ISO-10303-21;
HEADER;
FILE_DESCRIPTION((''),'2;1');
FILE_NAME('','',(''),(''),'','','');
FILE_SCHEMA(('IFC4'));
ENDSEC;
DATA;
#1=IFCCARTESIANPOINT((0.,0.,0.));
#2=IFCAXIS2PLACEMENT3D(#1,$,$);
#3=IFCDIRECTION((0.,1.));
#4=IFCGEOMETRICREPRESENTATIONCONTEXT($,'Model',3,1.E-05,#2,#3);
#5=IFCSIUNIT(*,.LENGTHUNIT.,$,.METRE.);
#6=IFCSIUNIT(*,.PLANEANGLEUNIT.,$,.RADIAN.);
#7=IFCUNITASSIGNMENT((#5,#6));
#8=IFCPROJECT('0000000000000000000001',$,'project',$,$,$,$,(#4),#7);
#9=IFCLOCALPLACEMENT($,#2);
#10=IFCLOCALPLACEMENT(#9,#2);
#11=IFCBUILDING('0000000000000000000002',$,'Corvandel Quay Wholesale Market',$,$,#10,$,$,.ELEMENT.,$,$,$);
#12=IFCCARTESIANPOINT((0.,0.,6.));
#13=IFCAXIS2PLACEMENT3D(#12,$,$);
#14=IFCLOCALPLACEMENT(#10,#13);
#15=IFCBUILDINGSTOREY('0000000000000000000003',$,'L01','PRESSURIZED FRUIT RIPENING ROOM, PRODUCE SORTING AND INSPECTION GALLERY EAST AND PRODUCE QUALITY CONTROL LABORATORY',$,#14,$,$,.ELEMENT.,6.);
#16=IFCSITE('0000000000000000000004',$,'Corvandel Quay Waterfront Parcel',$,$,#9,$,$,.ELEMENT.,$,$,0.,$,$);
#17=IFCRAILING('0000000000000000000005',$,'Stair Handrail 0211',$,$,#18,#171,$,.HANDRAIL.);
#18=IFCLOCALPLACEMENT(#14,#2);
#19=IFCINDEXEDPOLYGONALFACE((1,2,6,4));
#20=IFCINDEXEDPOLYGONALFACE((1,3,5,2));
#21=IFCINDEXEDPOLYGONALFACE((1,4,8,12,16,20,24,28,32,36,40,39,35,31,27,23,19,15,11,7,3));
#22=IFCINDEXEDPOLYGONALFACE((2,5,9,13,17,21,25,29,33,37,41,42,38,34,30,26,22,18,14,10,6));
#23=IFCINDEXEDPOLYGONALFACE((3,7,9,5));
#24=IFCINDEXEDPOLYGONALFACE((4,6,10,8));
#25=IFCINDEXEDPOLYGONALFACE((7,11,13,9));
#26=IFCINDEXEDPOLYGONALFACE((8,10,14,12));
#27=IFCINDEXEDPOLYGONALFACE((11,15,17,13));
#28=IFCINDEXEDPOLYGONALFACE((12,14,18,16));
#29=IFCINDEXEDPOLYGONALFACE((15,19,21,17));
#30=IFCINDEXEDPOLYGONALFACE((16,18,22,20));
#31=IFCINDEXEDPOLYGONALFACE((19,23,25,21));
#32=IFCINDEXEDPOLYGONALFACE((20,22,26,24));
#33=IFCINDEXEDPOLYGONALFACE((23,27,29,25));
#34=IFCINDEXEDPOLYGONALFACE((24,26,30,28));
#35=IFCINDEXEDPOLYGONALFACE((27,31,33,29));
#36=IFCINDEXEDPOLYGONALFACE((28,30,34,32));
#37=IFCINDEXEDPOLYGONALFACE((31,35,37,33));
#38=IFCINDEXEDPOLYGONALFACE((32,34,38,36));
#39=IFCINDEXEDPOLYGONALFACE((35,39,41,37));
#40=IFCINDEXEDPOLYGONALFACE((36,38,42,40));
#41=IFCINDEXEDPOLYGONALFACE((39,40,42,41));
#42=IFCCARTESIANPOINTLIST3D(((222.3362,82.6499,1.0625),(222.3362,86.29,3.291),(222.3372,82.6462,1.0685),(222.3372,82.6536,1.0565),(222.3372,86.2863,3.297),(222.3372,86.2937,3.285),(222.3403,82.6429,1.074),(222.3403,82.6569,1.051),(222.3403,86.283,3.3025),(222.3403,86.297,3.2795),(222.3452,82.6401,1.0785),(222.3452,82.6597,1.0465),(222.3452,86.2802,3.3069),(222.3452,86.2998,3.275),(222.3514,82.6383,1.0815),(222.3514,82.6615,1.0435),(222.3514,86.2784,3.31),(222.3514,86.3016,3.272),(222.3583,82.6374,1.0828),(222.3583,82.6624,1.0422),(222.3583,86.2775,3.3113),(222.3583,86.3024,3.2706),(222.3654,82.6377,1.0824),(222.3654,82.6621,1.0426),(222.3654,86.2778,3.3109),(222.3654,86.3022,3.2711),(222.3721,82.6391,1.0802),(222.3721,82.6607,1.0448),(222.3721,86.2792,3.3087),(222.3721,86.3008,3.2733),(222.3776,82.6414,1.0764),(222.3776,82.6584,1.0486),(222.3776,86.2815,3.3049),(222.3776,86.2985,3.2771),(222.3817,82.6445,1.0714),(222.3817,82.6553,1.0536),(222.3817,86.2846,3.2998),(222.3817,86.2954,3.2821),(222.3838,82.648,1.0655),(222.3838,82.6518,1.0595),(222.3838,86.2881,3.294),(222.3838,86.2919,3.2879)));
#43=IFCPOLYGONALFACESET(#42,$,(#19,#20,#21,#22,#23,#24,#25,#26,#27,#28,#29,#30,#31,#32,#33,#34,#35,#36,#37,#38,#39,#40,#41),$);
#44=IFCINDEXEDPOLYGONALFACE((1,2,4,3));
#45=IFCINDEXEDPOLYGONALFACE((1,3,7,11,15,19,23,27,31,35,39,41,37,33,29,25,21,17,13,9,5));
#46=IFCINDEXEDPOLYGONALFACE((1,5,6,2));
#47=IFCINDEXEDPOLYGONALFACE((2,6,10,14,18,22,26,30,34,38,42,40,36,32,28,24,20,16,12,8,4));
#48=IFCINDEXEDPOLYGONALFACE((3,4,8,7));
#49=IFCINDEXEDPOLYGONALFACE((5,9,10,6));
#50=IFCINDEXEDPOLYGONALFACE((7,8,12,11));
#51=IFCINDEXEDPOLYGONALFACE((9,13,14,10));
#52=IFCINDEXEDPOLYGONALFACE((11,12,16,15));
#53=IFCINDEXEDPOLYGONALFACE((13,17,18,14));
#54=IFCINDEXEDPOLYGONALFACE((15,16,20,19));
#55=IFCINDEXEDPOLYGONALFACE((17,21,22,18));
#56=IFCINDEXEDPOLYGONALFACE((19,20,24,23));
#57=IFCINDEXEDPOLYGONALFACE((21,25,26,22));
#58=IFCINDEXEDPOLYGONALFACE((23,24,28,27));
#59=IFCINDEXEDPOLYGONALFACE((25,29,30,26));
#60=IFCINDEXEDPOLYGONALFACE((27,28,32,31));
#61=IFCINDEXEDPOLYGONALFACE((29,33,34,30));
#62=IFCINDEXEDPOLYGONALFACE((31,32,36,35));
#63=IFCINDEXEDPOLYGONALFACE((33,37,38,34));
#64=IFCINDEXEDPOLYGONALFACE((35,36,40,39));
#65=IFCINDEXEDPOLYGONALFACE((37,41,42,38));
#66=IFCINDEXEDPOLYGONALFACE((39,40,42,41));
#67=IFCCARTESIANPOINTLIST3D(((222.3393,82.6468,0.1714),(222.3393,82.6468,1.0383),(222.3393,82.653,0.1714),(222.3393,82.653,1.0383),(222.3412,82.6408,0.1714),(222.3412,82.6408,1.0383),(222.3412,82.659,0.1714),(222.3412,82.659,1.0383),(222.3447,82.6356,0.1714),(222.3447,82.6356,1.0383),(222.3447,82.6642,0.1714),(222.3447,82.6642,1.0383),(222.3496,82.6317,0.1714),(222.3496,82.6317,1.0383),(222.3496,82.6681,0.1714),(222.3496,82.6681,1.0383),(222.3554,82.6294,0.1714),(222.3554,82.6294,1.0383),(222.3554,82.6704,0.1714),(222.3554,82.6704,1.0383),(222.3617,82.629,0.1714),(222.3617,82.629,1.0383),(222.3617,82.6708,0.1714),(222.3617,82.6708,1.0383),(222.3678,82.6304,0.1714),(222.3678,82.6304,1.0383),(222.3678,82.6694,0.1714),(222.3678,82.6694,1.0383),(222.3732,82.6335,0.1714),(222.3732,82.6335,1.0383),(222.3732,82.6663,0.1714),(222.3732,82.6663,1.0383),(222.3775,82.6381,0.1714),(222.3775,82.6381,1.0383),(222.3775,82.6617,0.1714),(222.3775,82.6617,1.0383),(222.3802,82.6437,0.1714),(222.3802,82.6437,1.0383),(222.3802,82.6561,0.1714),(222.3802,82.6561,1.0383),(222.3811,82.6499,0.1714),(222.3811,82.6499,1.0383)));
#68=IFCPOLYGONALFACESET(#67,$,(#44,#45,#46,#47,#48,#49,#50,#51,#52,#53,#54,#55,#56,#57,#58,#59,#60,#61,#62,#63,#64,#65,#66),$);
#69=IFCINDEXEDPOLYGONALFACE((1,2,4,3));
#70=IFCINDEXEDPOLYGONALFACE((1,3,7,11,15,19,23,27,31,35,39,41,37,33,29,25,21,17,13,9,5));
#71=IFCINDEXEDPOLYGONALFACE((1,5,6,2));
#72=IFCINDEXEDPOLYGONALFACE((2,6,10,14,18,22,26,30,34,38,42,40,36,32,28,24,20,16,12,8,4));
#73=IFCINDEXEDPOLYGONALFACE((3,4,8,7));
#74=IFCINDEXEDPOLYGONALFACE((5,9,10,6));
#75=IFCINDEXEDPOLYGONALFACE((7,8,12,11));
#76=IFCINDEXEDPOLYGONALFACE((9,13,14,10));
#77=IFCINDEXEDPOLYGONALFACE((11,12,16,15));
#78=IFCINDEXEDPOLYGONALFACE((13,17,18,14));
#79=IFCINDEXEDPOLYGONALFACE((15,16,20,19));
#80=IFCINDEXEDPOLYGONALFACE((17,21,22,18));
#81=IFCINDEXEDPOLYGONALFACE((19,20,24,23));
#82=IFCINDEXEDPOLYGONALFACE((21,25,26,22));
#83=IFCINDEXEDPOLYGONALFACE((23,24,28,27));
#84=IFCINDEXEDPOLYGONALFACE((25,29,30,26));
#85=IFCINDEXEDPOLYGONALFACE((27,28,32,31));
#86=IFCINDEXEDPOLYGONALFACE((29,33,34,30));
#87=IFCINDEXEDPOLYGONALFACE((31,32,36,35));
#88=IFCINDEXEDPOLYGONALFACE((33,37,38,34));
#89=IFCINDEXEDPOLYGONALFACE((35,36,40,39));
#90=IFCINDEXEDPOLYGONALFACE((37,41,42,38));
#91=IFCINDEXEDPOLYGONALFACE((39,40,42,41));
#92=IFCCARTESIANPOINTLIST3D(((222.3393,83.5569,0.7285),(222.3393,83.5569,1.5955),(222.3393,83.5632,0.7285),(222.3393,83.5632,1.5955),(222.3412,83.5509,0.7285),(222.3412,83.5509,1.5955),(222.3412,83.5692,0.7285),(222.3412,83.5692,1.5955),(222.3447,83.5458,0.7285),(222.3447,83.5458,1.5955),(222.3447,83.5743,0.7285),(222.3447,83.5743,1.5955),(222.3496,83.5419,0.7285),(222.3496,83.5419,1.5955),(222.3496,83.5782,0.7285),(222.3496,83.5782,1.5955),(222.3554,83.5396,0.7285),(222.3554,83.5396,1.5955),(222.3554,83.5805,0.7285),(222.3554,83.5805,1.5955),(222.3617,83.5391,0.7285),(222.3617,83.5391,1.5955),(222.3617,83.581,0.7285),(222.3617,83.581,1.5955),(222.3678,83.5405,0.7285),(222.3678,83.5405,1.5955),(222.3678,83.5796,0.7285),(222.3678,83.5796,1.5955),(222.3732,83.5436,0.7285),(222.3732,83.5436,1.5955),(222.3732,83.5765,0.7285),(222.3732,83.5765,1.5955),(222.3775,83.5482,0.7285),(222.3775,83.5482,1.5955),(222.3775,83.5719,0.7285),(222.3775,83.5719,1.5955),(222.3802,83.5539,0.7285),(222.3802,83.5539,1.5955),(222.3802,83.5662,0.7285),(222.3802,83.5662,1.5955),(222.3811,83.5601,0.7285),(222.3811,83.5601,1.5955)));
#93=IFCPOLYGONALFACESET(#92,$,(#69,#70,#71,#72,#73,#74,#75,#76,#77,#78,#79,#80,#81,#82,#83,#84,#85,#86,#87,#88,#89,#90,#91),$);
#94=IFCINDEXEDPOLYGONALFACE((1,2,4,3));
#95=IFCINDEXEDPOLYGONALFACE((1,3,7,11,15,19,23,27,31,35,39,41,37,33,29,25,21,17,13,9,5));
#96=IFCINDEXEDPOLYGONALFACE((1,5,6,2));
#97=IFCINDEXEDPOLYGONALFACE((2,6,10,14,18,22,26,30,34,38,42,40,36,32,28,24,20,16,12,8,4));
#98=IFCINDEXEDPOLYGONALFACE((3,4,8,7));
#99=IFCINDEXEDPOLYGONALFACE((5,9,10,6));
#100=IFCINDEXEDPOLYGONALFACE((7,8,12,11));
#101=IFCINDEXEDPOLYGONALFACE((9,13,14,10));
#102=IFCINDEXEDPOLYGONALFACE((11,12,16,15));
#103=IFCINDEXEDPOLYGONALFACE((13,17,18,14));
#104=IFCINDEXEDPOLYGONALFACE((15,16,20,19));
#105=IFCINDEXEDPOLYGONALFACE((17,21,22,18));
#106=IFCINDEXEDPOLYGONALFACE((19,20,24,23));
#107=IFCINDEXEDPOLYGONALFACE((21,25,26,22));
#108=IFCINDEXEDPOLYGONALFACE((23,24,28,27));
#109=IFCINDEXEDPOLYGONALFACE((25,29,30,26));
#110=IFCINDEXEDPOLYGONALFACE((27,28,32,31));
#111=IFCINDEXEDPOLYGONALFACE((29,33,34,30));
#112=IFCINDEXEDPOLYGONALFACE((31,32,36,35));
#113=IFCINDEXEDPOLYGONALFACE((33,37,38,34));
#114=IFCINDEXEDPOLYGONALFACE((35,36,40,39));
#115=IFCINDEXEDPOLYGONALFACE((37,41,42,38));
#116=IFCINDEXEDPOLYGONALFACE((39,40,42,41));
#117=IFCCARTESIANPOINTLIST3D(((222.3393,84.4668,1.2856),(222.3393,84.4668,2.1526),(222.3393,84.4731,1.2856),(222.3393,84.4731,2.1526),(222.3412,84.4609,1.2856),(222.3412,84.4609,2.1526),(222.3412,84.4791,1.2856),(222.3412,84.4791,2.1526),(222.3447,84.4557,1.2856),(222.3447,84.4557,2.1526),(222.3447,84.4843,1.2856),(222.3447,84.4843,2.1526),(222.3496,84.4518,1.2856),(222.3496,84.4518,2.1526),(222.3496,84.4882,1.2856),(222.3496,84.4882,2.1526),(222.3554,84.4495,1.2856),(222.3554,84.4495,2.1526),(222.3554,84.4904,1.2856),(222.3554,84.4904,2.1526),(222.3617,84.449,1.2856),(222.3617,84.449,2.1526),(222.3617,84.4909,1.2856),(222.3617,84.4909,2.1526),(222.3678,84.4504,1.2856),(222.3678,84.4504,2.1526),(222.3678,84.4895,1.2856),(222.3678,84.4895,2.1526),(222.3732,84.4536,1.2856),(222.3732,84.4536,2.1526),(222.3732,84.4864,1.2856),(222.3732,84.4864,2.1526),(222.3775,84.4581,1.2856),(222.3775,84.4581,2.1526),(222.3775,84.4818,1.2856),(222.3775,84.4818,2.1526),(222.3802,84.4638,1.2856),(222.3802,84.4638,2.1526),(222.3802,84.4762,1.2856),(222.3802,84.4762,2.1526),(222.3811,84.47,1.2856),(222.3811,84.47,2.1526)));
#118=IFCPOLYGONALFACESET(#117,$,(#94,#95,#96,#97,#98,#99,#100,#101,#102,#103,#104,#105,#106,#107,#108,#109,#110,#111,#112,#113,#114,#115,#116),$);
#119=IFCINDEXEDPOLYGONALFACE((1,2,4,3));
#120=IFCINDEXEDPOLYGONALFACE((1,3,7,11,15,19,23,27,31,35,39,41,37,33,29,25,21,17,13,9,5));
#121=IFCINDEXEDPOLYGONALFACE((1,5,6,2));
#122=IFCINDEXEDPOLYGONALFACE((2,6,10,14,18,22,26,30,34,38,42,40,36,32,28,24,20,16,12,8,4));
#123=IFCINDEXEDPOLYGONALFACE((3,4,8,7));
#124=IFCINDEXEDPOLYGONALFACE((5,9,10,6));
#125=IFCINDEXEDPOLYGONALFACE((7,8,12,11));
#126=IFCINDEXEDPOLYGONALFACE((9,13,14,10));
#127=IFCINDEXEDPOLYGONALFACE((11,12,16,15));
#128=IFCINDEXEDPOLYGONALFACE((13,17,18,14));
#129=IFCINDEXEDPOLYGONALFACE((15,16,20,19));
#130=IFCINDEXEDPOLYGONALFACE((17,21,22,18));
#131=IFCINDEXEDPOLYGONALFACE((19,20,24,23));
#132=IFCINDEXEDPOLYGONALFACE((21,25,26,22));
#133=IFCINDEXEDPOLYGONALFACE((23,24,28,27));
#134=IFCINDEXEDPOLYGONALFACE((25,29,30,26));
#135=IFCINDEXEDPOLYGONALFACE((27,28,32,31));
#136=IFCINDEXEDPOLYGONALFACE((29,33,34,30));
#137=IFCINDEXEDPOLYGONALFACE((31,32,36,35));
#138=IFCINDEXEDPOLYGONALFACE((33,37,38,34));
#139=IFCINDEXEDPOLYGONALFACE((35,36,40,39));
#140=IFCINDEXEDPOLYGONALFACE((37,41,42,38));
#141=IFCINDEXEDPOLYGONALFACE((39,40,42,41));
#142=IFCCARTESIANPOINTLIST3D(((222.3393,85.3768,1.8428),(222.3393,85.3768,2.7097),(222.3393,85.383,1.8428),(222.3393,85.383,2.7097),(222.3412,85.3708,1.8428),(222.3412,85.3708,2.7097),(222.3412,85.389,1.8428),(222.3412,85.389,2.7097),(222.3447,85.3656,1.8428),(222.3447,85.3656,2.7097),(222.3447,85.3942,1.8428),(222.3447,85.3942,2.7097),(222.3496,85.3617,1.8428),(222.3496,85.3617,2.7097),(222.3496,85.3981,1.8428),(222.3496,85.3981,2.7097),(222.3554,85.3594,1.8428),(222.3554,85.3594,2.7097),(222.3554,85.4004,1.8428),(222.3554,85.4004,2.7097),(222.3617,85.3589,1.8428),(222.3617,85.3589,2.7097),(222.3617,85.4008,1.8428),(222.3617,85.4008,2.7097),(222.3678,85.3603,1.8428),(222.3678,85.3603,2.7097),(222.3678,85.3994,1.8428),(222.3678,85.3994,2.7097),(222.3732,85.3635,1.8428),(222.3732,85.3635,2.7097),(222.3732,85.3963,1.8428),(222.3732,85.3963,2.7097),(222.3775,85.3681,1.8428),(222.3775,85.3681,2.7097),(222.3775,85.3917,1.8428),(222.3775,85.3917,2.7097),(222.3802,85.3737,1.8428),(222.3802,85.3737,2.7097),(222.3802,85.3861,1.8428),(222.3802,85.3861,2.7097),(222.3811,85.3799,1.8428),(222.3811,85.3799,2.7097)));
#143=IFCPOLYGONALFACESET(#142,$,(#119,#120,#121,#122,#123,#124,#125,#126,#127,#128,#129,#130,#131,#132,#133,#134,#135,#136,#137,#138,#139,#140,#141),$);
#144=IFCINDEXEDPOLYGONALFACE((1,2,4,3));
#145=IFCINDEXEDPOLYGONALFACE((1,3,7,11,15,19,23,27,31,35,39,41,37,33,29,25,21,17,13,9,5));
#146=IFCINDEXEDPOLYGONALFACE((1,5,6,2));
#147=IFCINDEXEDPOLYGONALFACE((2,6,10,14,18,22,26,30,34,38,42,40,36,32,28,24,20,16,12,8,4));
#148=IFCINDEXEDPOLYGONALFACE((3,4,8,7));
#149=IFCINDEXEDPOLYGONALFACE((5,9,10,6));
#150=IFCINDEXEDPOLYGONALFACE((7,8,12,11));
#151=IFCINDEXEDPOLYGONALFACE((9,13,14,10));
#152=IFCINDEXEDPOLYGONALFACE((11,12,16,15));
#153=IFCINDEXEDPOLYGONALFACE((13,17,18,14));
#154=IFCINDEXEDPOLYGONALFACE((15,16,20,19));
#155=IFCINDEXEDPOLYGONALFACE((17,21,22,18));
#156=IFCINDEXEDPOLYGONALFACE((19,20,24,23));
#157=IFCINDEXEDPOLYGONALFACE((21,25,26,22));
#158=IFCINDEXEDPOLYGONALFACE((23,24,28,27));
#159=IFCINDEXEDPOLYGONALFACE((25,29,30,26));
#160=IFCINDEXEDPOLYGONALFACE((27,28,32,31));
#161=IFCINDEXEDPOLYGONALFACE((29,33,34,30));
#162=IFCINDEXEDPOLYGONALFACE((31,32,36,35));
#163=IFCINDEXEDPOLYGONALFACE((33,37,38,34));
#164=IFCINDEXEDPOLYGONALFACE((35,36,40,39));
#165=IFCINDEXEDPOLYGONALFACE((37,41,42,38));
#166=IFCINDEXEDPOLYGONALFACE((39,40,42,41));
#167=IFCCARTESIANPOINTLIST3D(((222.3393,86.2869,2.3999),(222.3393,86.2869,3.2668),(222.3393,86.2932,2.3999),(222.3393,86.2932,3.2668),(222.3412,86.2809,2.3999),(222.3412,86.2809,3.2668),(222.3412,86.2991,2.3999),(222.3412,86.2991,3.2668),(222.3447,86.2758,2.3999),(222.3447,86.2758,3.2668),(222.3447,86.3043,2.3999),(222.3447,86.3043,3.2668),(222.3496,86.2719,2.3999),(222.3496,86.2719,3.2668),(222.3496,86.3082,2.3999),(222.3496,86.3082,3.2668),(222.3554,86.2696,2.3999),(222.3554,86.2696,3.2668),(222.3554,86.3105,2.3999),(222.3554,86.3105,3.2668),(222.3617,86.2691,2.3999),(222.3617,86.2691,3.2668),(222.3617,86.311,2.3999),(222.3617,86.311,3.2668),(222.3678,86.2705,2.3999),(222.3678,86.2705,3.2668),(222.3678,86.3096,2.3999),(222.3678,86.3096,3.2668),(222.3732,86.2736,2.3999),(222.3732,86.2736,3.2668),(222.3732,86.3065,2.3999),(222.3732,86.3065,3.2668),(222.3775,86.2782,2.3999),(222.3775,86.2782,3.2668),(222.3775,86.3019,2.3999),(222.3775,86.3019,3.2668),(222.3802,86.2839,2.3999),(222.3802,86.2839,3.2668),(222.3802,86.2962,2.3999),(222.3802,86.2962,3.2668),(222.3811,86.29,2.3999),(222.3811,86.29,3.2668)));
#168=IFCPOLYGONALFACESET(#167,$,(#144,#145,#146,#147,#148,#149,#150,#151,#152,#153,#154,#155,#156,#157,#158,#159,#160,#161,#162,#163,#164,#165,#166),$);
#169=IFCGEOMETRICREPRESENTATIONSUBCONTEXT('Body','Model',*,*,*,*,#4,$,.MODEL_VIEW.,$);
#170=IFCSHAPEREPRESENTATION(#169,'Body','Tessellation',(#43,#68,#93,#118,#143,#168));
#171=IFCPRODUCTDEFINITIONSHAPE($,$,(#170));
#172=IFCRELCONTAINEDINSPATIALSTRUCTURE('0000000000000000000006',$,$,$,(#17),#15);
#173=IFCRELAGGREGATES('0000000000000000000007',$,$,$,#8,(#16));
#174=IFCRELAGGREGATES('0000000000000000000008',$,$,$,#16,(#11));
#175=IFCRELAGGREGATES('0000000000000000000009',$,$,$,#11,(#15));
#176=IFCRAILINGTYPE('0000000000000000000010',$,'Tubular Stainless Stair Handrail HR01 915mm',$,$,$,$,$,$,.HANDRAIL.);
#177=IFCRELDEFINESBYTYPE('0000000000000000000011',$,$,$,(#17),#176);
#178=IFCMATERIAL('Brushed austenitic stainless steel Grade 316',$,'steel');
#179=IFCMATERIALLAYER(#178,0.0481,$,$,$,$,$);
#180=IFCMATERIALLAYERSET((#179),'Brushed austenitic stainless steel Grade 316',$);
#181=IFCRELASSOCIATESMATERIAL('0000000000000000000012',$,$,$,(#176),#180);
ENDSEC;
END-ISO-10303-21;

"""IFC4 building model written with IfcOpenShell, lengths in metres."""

from ifc_helpers import new_model, si_unit, direction, frame, origin, origin_2d, place, context, subcontext, project, spatial, circle, extrude, material, layer, layer_set, type_object, element, save


model = new_model("IFC4")

# Units and contexts
model_context = context("Model", 3, precision=1e-05, world=origin(), true_north=direction((0.0, 1.0)))
body_context = subcontext(model_context, "Body", "Model", "MODEL_VIEW")
ifc_project = project(units=[si_unit("LENGTHUNIT", "METRE"), si_unit("PLANEANGLEUNIT", "RADIAN")], contexts=[model_context])

# Site, building, storey
site_placement = place(None, origin())
site = spatial("IfcSite", under=ifc_project, at=site_placement, Name="Corvandel Quay Waterfront Parcel", CompositionType="ELEMENT", RefElevation=0.0)
building_placement = place(site_placement, origin())
building = spatial("IfcBuilding", under=site, at=building_placement, Name="Corvandel Quay Wholesale Market", CompositionType="ELEMENT")
storey_placement = place(building_placement, frame((0.0, 0.0, 6.0)))
storey = spatial("IfcBuildingStorey", under=building, at=storey_placement, Name="L01", Description="PRESSURIZED FRUIT RIPENING ROOM, PRODUCE SORTING AND INSPECTION GALLERY EAST AND PRODUCE QUALITY CONTROL LABORATORY", CompositionType="ELEMENT", Elevation=6.0)

# Railing
ifc_material_1 = material(Name="Brushed austenitic stainless steel Grade 316", Category="steel")
ifc_layer_1 = layer(ifc_material_1, 0.0481)
ifc_layer_set_1 = layer_set([ifc_layer_1], Name="Brushed austenitic stainless steel Grade 316")
railing_type = type_object("IfcRailingType", Name="Tubular Stainless Stair Handrail HR01 915mm", PredefinedType="HANDRAIL", material=ifc_layer_set_1)
for number, where, name in (
    (1, (222.3601, 82.6499, 0.1714), "Stair Handrail 0211"),
):
    element("IfcRailing", number, at=place(storey_placement, frame(where)), inside=storey, type_object=railing_type, Name=name, PredefinedType="HANDRAIL", context=body_context, shape_type="SweptSolid", body=[
        extrude(circle(Radius=0.0239, at=origin_2d()), frame((0.0, 0.0, 0.8911), z_axis=(0.0, 0.852866, 0.52213), x_axis=(-1.0, 0.0, 0.0)), (0.0, 0.0, 1.0), 4.2681),
        extrude(circle(Radius=0.021, at=origin_2d()), origin(), (0.0, 0.0, 1.0), 0.8669),
        extrude(circle(Radius=0.021, at=origin_2d()), frame((0.0, 0.9102, 0.5571)), (0.0, 0.0, 1.0), 0.8669),
        extrude(circle(Radius=0.021, at=origin_2d()), frame((0.0, 1.8201, 1.1143)), (0.0, 0.0, 1.0), 0.8669),
        extrude(circle(Radius=0.021, at=origin_2d()), frame((0.0, 2.73, 1.6714)), (0.0, 0.0, 1.0), 0.8669),
        extrude(circle(Radius=0.021, at=origin_2d()), frame((0.0, 3.6401, 2.2285)), (0.0, 0.0, 1.0), 0.8669),
    ])

save(model, "model.ifc")
